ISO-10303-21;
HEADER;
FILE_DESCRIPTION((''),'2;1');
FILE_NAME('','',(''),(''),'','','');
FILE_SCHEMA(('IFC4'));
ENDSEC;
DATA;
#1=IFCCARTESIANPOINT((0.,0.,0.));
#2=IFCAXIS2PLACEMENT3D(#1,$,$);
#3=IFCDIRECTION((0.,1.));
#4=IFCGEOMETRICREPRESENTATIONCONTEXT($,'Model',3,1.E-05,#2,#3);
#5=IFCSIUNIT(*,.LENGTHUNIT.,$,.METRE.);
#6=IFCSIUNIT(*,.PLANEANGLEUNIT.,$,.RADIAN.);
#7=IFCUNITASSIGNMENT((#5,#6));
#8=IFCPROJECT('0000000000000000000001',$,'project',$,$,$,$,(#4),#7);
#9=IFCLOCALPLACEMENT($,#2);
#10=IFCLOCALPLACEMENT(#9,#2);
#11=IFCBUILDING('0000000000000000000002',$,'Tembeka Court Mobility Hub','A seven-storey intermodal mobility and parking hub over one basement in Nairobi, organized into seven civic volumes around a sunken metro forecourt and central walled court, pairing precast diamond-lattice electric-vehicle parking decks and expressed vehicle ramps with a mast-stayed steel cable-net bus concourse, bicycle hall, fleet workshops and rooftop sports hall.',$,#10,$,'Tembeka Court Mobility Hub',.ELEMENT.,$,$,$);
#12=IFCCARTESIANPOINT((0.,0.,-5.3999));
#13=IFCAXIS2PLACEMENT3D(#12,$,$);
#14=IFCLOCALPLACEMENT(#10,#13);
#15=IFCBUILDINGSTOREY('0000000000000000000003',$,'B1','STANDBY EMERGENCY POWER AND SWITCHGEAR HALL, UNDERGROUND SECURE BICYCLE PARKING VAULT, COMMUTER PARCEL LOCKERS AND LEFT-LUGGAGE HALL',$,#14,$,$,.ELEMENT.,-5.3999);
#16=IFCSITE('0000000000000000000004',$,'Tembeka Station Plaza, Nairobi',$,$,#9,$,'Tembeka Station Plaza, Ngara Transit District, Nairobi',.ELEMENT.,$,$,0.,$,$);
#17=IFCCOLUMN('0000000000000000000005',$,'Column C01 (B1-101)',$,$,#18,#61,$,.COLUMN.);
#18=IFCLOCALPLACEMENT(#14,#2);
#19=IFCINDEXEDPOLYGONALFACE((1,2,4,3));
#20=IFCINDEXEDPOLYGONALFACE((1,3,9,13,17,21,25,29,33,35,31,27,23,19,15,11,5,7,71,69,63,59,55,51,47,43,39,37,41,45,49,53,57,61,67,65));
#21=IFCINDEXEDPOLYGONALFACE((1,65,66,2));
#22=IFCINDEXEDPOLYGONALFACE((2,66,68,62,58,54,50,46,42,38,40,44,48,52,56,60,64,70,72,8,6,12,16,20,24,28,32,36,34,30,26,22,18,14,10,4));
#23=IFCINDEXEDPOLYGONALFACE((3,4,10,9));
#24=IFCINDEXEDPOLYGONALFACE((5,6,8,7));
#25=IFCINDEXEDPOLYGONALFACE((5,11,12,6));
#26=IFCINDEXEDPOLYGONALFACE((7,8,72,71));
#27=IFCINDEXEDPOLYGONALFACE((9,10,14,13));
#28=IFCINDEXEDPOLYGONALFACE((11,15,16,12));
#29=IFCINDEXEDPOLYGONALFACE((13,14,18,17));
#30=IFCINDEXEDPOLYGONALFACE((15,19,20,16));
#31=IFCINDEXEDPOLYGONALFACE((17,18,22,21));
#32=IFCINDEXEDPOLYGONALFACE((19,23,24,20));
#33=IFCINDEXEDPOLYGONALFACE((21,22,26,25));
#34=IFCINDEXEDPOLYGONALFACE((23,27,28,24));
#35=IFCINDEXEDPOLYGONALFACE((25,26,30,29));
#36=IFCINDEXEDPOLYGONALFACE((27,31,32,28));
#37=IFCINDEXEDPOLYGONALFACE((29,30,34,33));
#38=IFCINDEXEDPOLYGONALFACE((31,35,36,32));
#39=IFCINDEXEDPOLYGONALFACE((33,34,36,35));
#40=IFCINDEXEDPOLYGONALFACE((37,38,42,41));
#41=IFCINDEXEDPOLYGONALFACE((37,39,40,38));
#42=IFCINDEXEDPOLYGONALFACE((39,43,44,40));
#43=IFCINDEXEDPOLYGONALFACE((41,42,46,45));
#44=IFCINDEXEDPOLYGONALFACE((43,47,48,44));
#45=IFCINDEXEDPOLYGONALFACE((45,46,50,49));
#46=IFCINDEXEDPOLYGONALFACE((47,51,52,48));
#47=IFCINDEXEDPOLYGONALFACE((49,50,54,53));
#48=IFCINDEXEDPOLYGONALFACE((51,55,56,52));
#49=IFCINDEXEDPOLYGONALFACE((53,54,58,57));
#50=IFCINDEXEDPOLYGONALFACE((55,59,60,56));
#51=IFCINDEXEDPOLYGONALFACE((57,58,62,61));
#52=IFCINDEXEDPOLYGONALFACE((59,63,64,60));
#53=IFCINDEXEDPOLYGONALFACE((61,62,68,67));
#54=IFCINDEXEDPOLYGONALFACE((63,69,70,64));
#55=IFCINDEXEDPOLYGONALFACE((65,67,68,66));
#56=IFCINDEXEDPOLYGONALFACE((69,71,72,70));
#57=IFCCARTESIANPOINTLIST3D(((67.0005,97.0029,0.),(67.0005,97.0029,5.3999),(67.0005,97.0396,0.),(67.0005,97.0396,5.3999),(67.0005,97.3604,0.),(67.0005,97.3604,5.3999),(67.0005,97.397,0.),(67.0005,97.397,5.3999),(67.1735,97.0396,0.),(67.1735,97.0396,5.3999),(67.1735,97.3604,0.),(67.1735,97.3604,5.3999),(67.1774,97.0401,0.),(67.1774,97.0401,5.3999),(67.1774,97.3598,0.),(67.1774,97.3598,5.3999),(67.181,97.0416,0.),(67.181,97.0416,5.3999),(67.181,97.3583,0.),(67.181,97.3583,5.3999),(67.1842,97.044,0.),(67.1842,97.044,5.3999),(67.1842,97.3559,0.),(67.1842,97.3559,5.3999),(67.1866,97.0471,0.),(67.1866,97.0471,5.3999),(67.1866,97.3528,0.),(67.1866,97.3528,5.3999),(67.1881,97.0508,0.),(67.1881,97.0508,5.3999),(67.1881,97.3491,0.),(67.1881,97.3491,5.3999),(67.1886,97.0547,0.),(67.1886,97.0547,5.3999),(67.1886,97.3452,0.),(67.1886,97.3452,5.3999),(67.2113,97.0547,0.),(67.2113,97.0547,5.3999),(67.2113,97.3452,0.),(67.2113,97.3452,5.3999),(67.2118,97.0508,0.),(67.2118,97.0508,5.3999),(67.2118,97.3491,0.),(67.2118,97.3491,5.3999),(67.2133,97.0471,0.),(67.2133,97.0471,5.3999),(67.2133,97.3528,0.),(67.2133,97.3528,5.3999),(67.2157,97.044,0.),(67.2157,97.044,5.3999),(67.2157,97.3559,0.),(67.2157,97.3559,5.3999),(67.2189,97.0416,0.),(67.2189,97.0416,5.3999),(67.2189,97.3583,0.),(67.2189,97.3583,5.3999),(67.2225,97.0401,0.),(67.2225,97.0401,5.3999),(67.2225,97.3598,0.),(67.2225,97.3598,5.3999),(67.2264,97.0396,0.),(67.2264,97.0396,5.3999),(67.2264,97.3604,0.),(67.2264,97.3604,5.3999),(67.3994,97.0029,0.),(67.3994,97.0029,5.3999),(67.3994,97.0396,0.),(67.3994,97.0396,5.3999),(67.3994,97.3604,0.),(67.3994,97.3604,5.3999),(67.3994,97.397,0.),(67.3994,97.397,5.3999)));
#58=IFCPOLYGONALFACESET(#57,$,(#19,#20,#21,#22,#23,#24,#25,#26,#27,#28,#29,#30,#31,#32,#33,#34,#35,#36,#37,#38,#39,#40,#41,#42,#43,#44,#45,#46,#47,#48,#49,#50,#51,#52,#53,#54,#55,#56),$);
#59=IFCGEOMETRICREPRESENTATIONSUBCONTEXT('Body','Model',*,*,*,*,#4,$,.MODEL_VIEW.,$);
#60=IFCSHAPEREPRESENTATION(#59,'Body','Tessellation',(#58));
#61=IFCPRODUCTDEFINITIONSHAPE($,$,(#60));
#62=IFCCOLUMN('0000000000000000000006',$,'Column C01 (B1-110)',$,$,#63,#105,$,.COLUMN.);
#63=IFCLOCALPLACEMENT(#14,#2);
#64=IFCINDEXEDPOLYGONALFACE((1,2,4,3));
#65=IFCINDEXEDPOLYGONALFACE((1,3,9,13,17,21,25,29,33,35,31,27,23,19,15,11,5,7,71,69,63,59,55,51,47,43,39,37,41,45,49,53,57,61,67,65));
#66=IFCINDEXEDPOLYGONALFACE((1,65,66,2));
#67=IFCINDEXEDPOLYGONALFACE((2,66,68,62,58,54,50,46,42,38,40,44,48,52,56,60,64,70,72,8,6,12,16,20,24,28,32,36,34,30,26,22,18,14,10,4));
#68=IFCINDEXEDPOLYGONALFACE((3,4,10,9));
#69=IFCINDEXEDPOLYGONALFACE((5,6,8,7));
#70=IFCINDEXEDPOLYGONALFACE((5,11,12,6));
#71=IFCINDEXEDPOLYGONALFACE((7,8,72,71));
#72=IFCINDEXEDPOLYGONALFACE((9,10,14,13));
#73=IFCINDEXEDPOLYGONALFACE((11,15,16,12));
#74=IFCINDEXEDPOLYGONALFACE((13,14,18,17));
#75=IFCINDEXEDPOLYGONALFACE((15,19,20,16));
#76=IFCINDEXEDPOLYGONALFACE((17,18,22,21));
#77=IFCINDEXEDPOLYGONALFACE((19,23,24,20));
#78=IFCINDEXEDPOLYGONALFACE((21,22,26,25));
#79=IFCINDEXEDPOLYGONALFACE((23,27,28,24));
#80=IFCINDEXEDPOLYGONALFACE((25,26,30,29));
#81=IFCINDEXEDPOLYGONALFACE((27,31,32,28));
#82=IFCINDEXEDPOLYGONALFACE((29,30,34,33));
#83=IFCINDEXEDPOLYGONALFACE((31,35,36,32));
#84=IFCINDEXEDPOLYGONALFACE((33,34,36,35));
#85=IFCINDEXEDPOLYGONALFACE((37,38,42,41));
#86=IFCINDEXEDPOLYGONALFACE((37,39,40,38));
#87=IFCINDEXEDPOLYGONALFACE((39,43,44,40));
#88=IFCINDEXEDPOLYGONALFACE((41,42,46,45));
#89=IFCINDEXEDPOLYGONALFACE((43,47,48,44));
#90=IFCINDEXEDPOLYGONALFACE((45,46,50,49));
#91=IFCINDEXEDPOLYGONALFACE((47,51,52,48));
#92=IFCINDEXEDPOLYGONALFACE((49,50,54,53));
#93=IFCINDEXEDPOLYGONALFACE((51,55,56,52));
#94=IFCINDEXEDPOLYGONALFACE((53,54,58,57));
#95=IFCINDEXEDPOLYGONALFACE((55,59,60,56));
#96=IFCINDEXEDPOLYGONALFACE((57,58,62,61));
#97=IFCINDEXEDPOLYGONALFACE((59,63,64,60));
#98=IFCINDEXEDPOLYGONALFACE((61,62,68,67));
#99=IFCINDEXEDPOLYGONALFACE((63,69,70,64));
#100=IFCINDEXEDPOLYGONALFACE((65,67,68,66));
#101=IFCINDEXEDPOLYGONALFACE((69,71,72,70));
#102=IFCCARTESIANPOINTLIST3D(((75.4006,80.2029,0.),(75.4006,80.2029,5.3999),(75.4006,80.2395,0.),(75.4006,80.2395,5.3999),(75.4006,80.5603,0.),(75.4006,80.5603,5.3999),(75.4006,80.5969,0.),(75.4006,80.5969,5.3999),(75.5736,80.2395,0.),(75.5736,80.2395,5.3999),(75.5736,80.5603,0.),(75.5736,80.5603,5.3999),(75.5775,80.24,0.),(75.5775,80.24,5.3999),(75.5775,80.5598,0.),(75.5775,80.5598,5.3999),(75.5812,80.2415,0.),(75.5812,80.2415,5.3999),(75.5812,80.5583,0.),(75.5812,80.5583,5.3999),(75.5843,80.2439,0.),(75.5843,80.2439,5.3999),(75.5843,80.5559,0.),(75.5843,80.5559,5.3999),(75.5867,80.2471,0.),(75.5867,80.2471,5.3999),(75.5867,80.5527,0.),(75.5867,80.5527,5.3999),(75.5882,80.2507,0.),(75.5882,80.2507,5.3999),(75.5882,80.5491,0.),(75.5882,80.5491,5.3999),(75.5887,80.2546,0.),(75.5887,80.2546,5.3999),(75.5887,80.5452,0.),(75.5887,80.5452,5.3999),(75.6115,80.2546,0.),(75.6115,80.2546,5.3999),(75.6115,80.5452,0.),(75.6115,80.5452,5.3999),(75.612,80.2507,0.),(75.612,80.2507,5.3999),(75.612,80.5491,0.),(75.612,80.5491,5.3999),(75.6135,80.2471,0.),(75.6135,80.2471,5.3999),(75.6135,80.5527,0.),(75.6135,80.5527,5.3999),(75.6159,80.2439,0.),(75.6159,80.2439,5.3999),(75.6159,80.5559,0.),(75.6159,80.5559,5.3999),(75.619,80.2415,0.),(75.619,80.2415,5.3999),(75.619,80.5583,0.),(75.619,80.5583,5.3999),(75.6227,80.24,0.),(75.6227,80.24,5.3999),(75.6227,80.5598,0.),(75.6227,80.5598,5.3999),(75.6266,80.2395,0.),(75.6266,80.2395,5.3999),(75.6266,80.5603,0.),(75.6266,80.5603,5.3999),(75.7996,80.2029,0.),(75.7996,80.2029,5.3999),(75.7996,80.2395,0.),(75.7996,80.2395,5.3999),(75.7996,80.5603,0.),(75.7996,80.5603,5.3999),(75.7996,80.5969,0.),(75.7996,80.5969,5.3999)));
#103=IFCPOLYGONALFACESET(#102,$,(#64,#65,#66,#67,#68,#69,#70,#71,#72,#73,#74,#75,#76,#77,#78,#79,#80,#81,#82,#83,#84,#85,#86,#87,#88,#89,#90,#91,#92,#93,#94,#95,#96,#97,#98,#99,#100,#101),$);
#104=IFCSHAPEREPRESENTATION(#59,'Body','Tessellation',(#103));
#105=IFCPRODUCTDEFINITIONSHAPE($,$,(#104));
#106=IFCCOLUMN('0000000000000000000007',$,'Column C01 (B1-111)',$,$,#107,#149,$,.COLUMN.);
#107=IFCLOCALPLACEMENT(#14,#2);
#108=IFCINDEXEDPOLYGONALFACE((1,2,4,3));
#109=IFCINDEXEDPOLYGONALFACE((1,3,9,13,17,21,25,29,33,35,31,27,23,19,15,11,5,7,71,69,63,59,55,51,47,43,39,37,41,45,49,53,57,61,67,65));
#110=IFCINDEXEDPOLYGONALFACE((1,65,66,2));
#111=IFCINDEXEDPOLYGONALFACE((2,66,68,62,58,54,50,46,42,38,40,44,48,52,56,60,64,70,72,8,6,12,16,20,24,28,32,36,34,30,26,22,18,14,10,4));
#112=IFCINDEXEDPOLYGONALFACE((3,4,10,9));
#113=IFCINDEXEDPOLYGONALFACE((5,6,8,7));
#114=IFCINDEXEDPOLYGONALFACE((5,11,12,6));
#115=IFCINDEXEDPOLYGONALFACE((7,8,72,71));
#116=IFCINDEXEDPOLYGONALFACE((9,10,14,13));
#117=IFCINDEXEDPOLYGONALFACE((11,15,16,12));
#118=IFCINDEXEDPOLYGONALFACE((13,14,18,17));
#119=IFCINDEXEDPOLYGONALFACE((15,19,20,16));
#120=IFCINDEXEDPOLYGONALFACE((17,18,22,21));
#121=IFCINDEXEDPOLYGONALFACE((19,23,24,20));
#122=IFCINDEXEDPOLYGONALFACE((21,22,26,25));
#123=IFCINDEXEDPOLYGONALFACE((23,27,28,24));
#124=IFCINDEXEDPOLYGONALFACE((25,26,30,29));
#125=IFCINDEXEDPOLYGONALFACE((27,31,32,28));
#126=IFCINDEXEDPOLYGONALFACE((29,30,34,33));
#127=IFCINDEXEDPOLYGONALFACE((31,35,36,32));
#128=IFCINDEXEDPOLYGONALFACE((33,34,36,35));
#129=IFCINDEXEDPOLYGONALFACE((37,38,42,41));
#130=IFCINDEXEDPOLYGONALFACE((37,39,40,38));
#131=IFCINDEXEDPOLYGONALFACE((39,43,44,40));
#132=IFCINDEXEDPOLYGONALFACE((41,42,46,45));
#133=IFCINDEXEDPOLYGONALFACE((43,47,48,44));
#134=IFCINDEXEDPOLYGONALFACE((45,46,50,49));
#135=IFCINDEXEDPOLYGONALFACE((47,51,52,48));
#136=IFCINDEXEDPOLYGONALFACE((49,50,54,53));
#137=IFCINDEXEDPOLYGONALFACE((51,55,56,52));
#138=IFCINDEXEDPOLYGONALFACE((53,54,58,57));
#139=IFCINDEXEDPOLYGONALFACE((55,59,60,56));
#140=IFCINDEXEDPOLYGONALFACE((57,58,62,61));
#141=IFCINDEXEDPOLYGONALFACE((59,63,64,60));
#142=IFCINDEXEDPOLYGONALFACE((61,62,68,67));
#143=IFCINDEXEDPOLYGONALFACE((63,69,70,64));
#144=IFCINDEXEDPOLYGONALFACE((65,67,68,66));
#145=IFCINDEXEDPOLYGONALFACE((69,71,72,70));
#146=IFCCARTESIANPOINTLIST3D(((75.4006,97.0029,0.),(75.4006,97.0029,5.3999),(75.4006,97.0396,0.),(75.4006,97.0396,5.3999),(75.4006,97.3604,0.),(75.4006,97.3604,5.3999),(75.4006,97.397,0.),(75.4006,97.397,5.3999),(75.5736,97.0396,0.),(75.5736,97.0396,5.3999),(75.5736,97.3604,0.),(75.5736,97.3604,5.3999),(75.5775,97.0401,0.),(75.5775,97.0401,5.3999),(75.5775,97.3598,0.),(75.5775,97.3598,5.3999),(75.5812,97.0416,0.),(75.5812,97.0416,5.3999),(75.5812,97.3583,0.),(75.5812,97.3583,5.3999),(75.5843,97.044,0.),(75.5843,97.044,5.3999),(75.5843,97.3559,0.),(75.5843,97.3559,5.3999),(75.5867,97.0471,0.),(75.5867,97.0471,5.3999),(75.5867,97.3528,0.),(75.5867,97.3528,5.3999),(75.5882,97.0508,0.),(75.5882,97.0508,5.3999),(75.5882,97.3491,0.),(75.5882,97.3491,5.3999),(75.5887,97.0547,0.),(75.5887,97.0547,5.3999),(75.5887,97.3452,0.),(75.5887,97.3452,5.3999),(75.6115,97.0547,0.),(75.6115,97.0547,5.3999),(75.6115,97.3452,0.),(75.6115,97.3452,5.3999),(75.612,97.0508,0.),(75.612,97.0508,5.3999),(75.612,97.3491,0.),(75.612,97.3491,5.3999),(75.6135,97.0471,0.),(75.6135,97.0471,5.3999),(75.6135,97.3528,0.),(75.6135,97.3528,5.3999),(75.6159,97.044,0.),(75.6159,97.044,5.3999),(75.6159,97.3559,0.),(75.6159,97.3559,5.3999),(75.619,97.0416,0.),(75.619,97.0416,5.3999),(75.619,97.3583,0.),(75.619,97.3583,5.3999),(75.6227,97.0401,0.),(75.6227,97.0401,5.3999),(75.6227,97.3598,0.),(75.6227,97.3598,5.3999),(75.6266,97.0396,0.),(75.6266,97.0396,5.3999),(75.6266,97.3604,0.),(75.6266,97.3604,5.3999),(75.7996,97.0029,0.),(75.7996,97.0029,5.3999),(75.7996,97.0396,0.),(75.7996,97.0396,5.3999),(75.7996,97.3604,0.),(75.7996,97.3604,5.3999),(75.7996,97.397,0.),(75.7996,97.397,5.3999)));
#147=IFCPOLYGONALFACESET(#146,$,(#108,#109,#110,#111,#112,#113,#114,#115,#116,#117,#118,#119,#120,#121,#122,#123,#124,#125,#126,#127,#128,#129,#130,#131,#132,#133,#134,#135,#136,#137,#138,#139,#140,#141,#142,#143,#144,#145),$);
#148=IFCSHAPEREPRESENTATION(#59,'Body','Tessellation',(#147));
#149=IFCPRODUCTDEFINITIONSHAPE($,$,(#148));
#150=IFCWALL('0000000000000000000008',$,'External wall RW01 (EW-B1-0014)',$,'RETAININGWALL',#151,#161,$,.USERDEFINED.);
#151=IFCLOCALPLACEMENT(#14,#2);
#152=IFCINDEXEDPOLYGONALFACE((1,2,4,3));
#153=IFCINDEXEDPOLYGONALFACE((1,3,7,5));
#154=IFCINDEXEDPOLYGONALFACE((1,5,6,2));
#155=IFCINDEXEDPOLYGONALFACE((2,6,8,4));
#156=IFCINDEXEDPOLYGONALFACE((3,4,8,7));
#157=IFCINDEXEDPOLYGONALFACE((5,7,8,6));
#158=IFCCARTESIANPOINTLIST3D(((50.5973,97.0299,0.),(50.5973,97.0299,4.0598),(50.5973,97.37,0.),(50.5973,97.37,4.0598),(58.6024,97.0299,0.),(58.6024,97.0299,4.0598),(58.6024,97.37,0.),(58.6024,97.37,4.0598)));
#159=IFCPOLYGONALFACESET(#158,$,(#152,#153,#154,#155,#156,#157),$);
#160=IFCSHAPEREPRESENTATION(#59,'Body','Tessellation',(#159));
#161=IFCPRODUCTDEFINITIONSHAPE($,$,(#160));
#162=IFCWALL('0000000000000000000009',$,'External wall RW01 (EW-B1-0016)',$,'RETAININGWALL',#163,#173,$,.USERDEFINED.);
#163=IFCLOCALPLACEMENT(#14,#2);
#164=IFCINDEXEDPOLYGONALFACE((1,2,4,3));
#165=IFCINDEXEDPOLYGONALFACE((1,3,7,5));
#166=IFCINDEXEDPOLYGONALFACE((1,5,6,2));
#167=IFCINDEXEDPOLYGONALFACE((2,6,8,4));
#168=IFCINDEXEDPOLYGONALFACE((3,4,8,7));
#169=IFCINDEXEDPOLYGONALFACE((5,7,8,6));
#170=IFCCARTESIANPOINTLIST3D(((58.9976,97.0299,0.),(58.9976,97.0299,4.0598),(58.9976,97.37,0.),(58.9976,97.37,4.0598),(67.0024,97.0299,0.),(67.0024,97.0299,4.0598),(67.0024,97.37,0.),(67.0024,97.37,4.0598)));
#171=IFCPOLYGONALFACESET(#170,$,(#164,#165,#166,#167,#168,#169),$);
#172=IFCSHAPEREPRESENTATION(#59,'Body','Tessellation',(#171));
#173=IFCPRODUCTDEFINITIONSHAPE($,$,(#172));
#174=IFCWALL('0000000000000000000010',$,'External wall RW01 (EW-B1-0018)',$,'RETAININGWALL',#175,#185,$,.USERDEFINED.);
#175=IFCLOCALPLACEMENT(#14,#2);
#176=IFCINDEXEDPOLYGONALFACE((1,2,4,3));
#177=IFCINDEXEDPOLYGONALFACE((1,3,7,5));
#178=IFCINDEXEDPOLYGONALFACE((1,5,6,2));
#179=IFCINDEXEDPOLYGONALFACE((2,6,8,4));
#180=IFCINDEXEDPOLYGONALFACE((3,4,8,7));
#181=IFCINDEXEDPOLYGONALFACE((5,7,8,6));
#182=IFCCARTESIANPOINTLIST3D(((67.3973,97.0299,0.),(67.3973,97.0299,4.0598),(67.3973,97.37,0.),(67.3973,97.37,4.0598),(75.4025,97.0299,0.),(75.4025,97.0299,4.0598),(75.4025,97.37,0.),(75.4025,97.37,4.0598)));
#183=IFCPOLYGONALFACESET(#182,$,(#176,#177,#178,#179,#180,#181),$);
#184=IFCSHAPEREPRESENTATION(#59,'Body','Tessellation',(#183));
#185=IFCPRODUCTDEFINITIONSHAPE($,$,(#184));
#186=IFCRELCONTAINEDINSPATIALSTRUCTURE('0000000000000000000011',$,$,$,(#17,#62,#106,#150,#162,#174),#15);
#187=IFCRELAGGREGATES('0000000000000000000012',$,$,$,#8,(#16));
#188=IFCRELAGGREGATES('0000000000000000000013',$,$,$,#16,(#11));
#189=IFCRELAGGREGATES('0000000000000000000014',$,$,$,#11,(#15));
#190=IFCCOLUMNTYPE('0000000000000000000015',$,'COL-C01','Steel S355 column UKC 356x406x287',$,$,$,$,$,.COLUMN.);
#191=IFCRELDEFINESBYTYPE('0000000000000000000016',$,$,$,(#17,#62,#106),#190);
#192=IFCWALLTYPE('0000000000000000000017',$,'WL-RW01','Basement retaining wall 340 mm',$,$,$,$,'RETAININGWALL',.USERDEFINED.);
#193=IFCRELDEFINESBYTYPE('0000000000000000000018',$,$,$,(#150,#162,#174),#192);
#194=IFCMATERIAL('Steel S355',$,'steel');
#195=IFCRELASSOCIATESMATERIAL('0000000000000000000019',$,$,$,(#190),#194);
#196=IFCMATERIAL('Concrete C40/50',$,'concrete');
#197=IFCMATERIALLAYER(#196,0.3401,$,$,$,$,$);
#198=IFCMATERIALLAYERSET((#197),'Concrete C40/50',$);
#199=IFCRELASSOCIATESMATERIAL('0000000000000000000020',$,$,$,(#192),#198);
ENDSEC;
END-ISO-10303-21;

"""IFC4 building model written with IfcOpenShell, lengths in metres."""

from ifc_helpers import new_model, si_unit, direction, frame, frame_2d, origin, origin_2d, place, context, subcontext, project, spatial, rectangle, i_section, extrude, material, layer, layer_set, material_profile, profile_set, type_object, element, save


model = new_model("IFC4")

# Units and contexts
model_context = context("Model", 3, precision=1e-05, world=origin(), true_north=direction((0.0, 1.0)))
body_context = subcontext(model_context, "Body", "Model", "MODEL_VIEW")
ifc_project = project(units=[si_unit("LENGTHUNIT", "METRE"), si_unit("PLANEANGLEUNIT", "RADIAN")], contexts=[model_context])

# Site, building, storey
site_placement = place(None, origin())
site = spatial("IfcSite", under=ifc_project, at=site_placement, Name="Tembeka Station Plaza, Nairobi", LongName="Tembeka Station Plaza, Ngara Transit District, Nairobi", CompositionType="ELEMENT", RefElevation=0.0)
building_placement = place(site_placement, origin())
building = spatial("IfcBuilding", under=site, at=building_placement, Name="Tembeka Court Mobility Hub", Description="A seven-storey intermodal mobility and parking hub over one basement in Nairobi, organized into seven civic volumes around a sunken metro forecourt and central walled court, pairing precast diamond-lattice electric-vehicle parking decks and expressed vehicle ramps with a mast-stayed steel cable-net bus concourse, bicycle hall, fleet workshops and rooftop sports hall.", LongName="Tembeka Court Mobility Hub", CompositionType="ELEMENT")
storey_placement = place(building_placement, frame((0.0, 0.0, -5.3999)))
storey = spatial("IfcBuildingStorey", under=building, at=storey_placement, Name="B1", Description="STANDBY EMERGENCY POWER AND SWITCHGEAR HALL, UNDERGROUND SECURE BICYCLE PARKING VAULT, COMMUTER PARCEL LOCKERS AND LEFT-LUGGAGE HALL", CompositionType="ELEMENT", Elevation=-5.3999)

# Shared definitions
ifc_material_1 = material(Name="Concrete C40/50", Category="concrete")

# Columns
ifc_material_2 = material(Name="Steel S355", Category="steel")
ifc_material_profile_1 = material_profile(ifc_material_2, i_section(OverallWidth=0.3989, OverallDepth=0.394, WebThickness=0.0227, FlangeThickness=0.0366, FilletRadius=0.0151, at=origin_2d()), Name="UKC 356x406x287")
ifc_profile_set_1 = profile_set([ifc_material_profile_1], Name="Steel S355")
column_type = type_object("IfcColumnType", Name="COL-C01", Description="Steel S355 column UKC 356x406x287", PredefinedType="COLUMN", material=ifc_profile_set_1)
for number, where, z_axis, x_axis, name in (
    (1, (67.2, 97.2, 0.0), (0.0, 0.0, 1.0), (1.0, 0.0, 0.0), "Column C01 (B1-101)"),
    (2, (75.6001, 80.3999, 0.0), (0.0, 0.0, 1.0), (1.0, 0.0, 0.0), "Column C01 (B1-110)"),
    (3, (75.6001, 97.2, 0.0), (0.0, 0.0, 1.0), (1.0, 0.0, 0.0), "Column C01 (B1-111)"),
):
    element("IfcColumn", number, at=place(storey_placement, frame(where, z_axis=z_axis, x_axis=x_axis)), inside=storey, type_object=column_type, Name=name, PredefinedType="COLUMN", context=body_context, shape_type="SweptSolid", body=[
        extrude(i_section(OverallWidth=0.3989, OverallDepth=0.394, WebThickness=0.0227, FlangeThickness=0.0366, FilletRadius=0.0151, at=origin_2d()), origin(), (0.0, 0.0, 1.0), 5.3999),
    ])

# Walls
ifc_layer = layer(ifc_material_1, 0.3401)
ifc_layer_set = layer_set([ifc_layer], Name="Concrete C40/50")
wall_type = type_object("IfcWallType", Name="WL-RW01", Description="Basement retaining wall 340 mm", ElementType="RETAININGWALL", PredefinedType="USERDEFINED", material=ifc_layer_set)
wall_1_placement = place(storey_placement, frame((50.5974, 97.2, 0.0), z_axis=(0.0, 0.0, 1.0), x_axis=(1.0, 0.0, 0.0)))
element("IfcWall", 4, at=wall_1_placement, inside=storey, type_object=wall_type, Name="External wall RW01 (EW-B1-0014)", ObjectType="RETAININGWALL", PredefinedType="USERDEFINED", context=body_context, shape_type="SweptSolid", body=[
    extrude(rectangle(XDim=8.0051, YDim=0.3401, at=frame_2d((4.0024, 0.0))), origin(), (0.0, 0.0, 1.0), 4.0598),
])
wall_2_placement = place(storey_placement, frame((58.9976, 97.2, 0.0), z_axis=(0.0, 0.0, 1.0), x_axis=(1.0, 0.0, 0.0)))
element("IfcWall", 5, at=wall_2_placement, inside=storey, type_object=wall_type, Name="External wall RW01 (EW-B1-0016)", ObjectType="RETAININGWALL", PredefinedType="USERDEFINED", context=body_context, shape_type="SweptSolid", body=[
    extrude(rectangle(XDim=8.0049, YDim=0.3401, at=frame_2d((4.0024, 0.0))), origin(), (0.0, 0.0, 1.0), 4.0598),
])
wall_3_placement = place(storey_placement, frame((67.3975, 97.2, 0.0), z_axis=(0.0, 0.0, 1.0), x_axis=(1.0, 0.0, 0.0)))
element("IfcWall", 6, at=wall_3_placement, inside=storey, type_object=wall_type, Name="External wall RW01 (EW-B1-0018)", ObjectType="RETAININGWALL", PredefinedType="USERDEFINED", context=body_context, shape_type="SweptSolid", body=[
    extrude(rectangle(XDim=8.0051, YDim=0.3401, at=frame_2d((4.0024, 0.0))), origin(), (0.0, 0.0, 1.0), 4.0598),
])

save(model, "model.ifc")
